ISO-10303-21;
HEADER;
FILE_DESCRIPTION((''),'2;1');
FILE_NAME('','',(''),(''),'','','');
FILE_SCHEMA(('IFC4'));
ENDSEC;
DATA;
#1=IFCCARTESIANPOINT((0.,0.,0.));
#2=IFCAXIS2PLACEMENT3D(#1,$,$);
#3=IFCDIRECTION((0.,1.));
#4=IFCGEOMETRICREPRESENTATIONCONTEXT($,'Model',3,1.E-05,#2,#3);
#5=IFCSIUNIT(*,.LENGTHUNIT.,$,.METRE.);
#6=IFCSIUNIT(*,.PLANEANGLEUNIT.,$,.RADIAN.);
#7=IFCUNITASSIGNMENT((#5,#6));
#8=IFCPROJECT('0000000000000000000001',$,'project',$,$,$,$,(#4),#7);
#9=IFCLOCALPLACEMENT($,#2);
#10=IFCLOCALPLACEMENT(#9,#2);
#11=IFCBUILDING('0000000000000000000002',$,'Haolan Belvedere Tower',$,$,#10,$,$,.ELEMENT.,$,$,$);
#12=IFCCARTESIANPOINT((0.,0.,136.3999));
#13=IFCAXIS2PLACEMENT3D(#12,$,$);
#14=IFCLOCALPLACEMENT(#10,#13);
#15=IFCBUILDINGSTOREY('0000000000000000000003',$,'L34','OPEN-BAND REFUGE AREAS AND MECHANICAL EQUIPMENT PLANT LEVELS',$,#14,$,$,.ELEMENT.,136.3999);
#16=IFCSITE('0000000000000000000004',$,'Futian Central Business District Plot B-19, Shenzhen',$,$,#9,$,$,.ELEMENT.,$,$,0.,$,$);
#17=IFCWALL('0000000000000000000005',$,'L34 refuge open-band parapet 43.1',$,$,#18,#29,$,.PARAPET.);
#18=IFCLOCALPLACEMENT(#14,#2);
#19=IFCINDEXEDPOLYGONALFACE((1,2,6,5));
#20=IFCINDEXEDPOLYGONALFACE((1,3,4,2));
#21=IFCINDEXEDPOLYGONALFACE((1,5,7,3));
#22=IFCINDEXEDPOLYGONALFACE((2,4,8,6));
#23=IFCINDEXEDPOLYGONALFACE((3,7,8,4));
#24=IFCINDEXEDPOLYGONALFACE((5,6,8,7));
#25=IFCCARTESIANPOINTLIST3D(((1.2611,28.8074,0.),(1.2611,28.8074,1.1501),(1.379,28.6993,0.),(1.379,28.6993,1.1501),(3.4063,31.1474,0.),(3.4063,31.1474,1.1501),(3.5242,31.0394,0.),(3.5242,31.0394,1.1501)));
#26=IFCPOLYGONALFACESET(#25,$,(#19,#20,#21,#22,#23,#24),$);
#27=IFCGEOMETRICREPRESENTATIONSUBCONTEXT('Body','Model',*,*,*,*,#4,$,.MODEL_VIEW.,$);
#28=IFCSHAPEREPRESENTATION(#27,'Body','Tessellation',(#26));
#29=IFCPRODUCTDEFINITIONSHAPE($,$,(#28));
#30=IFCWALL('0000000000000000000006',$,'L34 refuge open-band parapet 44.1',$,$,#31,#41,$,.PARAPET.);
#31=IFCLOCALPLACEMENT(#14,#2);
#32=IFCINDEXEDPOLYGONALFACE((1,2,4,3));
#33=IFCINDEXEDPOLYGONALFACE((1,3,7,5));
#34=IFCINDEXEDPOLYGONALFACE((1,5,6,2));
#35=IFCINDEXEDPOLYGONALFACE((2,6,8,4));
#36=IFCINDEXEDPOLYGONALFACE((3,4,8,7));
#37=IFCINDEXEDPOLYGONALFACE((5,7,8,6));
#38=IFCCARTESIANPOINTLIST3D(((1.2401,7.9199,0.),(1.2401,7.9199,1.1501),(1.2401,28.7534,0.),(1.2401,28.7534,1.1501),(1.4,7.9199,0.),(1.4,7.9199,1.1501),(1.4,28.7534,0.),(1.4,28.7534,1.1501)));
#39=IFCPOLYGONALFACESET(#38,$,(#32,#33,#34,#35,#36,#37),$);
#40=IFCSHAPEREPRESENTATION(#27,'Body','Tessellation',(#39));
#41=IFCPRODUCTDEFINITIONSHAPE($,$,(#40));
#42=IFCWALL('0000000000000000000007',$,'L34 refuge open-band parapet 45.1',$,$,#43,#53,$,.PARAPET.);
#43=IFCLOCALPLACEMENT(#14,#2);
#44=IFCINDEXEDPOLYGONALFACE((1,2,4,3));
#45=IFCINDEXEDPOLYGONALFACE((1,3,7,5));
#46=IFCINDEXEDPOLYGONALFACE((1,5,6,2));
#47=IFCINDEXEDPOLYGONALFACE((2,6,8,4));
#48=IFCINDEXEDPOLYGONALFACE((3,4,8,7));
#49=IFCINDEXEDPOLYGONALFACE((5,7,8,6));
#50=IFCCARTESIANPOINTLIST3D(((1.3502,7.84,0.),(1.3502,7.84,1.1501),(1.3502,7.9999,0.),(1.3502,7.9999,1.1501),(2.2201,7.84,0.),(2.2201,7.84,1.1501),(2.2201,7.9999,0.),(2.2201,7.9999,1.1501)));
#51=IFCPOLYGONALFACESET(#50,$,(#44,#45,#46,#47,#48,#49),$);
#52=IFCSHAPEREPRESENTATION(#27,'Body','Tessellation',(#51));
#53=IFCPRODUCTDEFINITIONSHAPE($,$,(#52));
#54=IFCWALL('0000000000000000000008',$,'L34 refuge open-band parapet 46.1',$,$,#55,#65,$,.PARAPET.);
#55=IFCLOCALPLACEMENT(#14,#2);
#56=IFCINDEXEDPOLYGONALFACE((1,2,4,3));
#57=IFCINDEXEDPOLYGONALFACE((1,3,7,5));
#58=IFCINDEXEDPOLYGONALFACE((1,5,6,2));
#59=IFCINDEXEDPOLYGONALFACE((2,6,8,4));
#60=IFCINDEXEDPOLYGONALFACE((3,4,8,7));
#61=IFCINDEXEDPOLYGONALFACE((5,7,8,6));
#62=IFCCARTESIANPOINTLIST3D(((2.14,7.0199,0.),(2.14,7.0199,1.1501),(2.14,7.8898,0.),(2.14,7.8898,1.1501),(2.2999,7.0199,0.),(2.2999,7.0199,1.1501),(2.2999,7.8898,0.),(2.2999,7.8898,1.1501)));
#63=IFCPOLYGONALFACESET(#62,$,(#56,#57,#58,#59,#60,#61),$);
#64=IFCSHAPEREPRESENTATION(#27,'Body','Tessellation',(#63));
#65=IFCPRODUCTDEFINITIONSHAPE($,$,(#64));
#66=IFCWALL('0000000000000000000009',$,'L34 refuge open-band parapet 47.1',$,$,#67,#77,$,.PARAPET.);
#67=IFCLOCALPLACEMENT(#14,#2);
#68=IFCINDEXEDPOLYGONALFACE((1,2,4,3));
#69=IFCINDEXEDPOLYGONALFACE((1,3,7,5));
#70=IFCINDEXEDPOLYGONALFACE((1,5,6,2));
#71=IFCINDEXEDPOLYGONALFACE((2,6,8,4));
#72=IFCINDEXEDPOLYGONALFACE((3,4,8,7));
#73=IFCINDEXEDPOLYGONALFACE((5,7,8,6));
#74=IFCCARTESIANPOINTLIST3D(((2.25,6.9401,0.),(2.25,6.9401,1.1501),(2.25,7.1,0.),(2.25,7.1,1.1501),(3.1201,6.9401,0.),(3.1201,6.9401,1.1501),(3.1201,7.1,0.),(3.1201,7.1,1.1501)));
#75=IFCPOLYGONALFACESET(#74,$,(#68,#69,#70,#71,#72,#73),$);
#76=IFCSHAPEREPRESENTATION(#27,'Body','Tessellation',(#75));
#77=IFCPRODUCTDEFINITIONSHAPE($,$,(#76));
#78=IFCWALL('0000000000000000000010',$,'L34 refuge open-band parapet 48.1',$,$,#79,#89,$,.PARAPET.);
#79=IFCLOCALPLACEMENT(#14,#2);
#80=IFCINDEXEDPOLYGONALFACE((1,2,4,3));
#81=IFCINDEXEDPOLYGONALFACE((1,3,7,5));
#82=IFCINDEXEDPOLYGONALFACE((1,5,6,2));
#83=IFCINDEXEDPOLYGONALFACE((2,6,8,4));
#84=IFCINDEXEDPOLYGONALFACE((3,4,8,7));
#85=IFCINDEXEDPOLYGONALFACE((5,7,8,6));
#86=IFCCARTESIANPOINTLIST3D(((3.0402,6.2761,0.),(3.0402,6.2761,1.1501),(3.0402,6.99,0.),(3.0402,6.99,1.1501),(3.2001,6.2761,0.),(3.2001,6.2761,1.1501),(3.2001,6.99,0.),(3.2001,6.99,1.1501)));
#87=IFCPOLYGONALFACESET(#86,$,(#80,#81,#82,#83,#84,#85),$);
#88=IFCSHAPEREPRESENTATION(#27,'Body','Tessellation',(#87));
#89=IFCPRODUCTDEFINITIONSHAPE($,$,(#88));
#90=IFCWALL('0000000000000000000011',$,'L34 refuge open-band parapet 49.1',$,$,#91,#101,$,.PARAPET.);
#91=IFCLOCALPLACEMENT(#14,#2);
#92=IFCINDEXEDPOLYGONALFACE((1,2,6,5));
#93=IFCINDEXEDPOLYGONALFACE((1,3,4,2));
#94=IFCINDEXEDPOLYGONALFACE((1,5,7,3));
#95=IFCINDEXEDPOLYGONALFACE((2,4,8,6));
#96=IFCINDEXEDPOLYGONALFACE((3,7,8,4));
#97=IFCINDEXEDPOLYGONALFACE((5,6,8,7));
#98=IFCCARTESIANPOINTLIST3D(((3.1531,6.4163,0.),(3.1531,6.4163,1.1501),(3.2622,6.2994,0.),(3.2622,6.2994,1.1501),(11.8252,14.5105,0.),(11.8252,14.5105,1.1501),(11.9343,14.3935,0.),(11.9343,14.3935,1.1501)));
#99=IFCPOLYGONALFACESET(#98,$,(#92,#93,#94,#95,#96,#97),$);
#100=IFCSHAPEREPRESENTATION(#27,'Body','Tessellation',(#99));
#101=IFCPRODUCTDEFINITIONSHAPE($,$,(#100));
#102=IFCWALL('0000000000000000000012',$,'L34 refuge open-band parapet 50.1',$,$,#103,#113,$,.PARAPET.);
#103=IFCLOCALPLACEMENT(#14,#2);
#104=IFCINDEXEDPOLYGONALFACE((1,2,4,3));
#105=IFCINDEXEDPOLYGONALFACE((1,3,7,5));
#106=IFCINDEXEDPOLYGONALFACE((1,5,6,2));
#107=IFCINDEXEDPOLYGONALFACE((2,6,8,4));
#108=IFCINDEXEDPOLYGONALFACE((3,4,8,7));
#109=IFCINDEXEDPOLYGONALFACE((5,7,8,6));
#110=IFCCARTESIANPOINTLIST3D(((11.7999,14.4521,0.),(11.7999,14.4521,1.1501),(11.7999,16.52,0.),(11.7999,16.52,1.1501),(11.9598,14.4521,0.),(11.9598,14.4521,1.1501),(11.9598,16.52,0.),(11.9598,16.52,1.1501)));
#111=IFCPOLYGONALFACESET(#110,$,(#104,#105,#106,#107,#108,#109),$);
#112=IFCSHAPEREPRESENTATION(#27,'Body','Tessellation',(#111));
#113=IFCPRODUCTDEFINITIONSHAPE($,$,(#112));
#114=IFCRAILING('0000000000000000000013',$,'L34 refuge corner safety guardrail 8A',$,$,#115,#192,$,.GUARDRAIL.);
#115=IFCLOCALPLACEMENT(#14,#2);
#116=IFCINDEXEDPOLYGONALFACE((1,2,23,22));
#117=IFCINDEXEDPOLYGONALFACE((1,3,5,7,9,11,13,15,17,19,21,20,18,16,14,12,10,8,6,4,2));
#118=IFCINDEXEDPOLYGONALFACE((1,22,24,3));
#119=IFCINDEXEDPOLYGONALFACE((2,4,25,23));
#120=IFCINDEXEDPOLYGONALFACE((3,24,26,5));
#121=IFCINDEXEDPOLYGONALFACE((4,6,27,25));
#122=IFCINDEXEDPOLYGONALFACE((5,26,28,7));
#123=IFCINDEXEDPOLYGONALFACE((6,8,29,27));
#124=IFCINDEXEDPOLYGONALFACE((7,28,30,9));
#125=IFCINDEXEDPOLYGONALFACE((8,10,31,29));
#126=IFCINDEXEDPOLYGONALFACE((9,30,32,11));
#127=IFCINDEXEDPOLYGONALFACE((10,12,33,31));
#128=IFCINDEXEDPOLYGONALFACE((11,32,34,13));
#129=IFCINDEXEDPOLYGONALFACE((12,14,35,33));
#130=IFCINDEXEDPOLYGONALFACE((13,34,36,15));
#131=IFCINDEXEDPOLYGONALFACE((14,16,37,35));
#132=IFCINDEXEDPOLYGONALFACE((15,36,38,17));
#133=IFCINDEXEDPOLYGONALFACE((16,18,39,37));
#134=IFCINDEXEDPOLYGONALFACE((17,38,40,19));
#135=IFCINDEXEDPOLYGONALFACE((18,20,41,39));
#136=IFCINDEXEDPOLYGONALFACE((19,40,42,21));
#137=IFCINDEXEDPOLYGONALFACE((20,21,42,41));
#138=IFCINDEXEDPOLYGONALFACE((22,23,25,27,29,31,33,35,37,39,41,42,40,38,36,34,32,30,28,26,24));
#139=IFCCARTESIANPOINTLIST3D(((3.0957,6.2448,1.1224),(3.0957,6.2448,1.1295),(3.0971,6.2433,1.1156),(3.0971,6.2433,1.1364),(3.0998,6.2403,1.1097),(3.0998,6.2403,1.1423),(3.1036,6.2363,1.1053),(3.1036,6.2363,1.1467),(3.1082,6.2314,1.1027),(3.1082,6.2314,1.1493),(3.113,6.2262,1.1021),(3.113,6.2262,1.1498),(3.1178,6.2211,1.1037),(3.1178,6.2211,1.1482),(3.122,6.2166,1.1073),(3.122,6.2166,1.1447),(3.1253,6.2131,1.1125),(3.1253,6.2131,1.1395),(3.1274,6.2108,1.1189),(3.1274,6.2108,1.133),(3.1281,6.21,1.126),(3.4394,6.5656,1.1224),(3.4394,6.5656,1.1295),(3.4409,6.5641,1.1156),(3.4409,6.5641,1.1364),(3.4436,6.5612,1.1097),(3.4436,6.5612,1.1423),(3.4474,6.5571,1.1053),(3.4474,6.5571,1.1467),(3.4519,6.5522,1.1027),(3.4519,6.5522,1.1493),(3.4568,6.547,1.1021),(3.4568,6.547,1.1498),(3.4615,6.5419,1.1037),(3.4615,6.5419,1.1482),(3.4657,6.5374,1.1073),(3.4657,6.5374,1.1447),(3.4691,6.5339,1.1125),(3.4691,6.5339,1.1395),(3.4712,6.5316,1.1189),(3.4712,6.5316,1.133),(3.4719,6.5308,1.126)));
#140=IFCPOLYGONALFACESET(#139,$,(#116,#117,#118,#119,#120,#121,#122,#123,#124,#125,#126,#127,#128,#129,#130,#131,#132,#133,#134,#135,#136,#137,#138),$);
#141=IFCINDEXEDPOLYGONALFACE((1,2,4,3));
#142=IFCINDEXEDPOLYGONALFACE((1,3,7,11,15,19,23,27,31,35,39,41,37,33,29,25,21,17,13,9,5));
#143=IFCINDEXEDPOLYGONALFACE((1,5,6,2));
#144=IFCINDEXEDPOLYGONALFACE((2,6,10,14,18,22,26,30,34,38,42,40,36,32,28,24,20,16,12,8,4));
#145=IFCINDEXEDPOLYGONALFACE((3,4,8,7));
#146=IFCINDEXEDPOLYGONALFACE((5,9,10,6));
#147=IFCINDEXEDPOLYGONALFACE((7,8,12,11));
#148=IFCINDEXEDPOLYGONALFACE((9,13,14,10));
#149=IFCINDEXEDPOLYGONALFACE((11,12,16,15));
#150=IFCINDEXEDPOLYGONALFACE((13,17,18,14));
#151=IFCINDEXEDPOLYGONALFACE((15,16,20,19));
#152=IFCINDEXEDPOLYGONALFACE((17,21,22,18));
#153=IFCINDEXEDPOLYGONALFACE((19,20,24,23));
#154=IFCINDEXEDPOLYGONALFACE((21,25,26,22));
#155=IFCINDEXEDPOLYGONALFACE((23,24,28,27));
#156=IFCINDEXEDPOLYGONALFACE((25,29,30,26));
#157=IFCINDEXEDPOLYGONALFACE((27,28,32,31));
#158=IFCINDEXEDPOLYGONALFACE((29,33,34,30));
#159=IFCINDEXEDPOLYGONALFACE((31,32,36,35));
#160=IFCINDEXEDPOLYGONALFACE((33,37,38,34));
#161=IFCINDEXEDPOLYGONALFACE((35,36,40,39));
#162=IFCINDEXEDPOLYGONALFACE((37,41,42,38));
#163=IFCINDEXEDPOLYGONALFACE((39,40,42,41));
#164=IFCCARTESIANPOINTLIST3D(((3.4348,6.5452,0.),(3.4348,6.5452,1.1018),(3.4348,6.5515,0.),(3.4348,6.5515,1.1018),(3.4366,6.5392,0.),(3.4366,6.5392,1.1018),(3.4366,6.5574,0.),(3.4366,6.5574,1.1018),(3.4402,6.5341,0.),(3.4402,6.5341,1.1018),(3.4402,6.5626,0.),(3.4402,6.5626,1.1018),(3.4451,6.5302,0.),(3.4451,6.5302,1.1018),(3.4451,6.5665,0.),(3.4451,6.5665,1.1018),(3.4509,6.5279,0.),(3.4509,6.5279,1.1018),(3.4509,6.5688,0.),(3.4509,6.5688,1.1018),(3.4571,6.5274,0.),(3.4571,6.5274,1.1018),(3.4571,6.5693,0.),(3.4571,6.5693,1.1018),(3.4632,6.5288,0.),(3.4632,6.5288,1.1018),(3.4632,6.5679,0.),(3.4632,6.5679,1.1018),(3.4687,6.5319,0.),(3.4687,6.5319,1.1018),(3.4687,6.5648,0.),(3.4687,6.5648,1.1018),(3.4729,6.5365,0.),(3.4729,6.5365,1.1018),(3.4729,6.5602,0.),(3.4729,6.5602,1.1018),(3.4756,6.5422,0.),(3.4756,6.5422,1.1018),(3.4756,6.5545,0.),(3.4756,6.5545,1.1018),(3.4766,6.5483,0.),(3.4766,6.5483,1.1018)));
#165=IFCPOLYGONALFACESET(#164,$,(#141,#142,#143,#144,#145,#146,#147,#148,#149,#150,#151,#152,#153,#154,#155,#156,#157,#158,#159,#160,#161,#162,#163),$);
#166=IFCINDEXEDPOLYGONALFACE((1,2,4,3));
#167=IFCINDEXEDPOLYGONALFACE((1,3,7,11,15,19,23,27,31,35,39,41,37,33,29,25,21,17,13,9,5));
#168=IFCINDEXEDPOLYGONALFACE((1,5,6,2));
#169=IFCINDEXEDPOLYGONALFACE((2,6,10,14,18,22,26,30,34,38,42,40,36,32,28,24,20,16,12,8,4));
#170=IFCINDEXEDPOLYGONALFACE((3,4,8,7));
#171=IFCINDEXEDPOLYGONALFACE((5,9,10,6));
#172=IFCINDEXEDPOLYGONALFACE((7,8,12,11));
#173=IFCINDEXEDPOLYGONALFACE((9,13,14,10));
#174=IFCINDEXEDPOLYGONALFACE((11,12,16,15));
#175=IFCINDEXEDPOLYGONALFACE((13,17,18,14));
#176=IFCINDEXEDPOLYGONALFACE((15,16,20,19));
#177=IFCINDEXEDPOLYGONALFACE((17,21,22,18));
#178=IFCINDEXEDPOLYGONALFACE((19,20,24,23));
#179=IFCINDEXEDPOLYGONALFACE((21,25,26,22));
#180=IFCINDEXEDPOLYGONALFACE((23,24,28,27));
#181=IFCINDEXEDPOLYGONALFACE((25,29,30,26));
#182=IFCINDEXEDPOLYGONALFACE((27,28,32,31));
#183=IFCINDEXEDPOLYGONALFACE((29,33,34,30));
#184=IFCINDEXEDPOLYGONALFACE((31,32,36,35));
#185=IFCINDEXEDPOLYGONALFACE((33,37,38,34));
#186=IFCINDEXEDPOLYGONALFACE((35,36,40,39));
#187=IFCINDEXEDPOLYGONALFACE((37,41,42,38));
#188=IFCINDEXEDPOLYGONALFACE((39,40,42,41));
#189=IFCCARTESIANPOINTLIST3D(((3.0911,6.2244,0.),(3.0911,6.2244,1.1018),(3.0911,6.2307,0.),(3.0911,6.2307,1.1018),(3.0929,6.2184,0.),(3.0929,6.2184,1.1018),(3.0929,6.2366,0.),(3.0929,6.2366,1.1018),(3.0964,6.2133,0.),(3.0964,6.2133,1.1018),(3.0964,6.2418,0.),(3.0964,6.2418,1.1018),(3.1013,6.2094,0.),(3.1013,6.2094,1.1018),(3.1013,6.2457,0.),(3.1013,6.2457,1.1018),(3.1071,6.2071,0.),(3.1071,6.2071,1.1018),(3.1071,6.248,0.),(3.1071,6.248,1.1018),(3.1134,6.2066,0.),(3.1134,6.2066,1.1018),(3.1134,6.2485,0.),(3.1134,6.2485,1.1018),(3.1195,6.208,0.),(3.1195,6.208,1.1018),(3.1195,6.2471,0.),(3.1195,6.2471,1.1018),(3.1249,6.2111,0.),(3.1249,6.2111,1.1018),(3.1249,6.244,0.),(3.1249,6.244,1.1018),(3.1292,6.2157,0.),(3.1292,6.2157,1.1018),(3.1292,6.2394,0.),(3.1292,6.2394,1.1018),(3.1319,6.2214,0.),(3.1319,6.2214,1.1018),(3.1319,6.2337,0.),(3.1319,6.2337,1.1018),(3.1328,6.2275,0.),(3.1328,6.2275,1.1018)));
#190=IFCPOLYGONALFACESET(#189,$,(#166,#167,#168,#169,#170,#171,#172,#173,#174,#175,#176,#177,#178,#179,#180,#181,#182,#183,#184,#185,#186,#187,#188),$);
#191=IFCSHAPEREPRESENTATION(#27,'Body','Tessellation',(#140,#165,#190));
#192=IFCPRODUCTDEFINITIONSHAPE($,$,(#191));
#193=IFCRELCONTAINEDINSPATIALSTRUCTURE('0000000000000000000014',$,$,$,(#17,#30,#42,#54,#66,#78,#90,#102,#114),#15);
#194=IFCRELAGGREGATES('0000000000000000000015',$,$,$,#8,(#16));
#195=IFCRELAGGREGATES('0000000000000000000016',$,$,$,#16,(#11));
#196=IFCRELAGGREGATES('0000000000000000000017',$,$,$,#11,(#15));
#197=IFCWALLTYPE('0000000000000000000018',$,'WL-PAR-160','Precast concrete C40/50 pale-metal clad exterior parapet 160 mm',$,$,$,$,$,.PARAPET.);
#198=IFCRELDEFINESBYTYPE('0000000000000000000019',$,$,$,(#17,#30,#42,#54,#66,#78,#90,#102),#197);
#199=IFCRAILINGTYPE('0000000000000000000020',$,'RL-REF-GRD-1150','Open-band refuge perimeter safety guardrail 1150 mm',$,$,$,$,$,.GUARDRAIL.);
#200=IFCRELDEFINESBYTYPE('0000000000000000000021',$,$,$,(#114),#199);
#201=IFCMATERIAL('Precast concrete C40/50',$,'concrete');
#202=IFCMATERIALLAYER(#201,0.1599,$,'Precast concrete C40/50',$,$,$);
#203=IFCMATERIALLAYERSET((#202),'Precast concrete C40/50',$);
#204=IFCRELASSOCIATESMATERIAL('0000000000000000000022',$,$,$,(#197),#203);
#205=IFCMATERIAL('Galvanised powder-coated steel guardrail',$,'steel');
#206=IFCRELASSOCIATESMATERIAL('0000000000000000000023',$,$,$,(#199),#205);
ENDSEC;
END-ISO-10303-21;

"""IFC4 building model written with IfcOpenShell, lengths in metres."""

from ifc_helpers import new_model, si_unit, direction, frame, frame_2d, origin, origin_2d, place, context, subcontext, project, spatial, rectangle, circle, extrude, material, layer, layer_set, type_object, element, save


model = new_model("IFC4")

# Units and contexts
model_context = context("Model", 3, precision=1e-05, world=origin(), true_north=direction((0.0, 1.0)))
body_context = subcontext(model_context, "Body", "Model", "MODEL_VIEW")
ifc_project = project(units=[si_unit("LENGTHUNIT", "METRE"), si_unit("PLANEANGLEUNIT", "RADIAN")], contexts=[model_context])

# Site, building, storey
site_placement = place(None, origin())
site = spatial("IfcSite", under=ifc_project, at=site_placement, Name="Futian Central Business District Plot B-19, Shenzhen", CompositionType="ELEMENT", RefElevation=0.0)
building_placement = place(site_placement, origin())
building = spatial("IfcBuilding", under=site, at=building_placement, Name="Haolan Belvedere Tower", CompositionType="ELEMENT")
storey_placement = place(building_placement, frame((0.0, 0.0, 136.3999)))
storey = spatial("IfcBuildingStorey", under=building, at=storey_placement, Name="L34", Description="OPEN-BAND REFUGE AREAS AND MECHANICAL EQUIPMENT PLANT LEVELS", CompositionType="ELEMENT", Elevation=136.3999)

# Walls
ifc_material_1 = material(Name="Precast concrete C40/50", Category="concrete")
ifc_layer_1 = layer(ifc_material_1, 0.1599, Name="Precast concrete C40/50")
ifc_layer_set_1 = layer_set([ifc_layer_1], Name="Precast concrete C40/50")
wall_type = type_object("IfcWallType", Name="WL-PAR-160", Description="Precast concrete C40/50 pale-metal clad exterior parapet 160 mm", PredefinedType="PARAPET", material=ifc_layer_set_1)
wall_1_placement = place(storey_placement, frame((3.4653, 31.0935, 0.0), z_axis=(0.0, 0.0, 1.0), x_axis=(-0.675756, -0.737125, 0.0)))
element("IfcWall", 1, at=wall_1_placement, inside=storey, type_object=wall_type, Name="L34 refuge open-band parapet 43.1", PredefinedType="PARAPET", context=body_context, shape_type="SweptSolid", body=[
    extrude(rectangle(XDim=3.1746, YDim=0.1599, at=frame_2d((1.5874, 0.0))), origin(), (0.0, 0.0, 1.0), 1.1501),
])
wall_2_placement = place(storey_placement, frame((1.3201, 28.7534, 0.0), z_axis=(0.0, 0.0, 1.0), x_axis=(0.0, -1.0, 0.0)))
element("IfcWall", 2, at=wall_2_placement, inside=storey, type_object=wall_type, Name="L34 refuge open-band parapet 44.1", PredefinedType="PARAPET", context=body_context, shape_type="SweptSolid", body=[
    extrude(rectangle(XDim=20.8335, YDim=0.1599, at=frame_2d((10.4167, 0.0))), origin(), (0.0, 0.0, 1.0), 1.1501),
])
for number, where, z_axis, x_axis, name in (
    (3, (1.3501, 7.9199, 0.0), (0.0, 0.0, 1.0), (1.0, 0.0, 0.0), "L34 refuge open-band parapet 45.1"),
    (4, (2.22, 7.8899, 0.0), (0.0, 0.0, 1.0), (0.0, -1.0, 0.0), "L34 refuge open-band parapet 46.1"),
):
    element("IfcWall", number, at=place(storey_placement, frame(where, z_axis=z_axis, x_axis=x_axis)), inside=storey, type_object=wall_type, Name=name, PredefinedType="PARAPET", context=body_context, shape_type="SweptSolid", body=[
        extrude(rectangle(XDim=0.8699, YDim=0.1599, at=frame_2d((0.4351, 0.0))), origin(), (0.0, 0.0, 1.0), 1.1501),
    ])
wall_3_placement = place(storey_placement, frame((2.25, 7.02, 0.0), z_axis=(0.0, 0.0, 1.0), x_axis=(1.0, 0.0, 0.0)))
element("IfcWall", 5, at=wall_3_placement, inside=storey, type_object=wall_type, Name="L34 refuge open-band parapet 47.1", PredefinedType="PARAPET", context=body_context, shape_type="SweptSolid", body=[
    extrude(rectangle(XDim=0.8701, YDim=0.1599, at=frame_2d((0.4351, 0.0))), origin(), (0.0, 0.0, 1.0), 1.1501),
])
wall_4_placement = place(storey_placement, frame((3.1201, 6.99, 0.0), z_axis=(0.0, 0.0, 1.0), x_axis=(0.0, -1.0, 0.0)))
element("IfcWall", 6, at=wall_4_placement, inside=storey, type_object=wall_type, Name="L34 refuge open-band parapet 48.1", PredefinedType="PARAPET", context=body_context, shape_type="SweptSolid", body=[
    extrude(rectangle(XDim=0.7139, YDim=0.1599, at=frame_2d((0.3569, 0.0))), origin(), (0.0, 0.0, 1.0), 1.1501),
])
wall_5_placement = place(storey_placement, frame((3.2078, 6.3579, 0.0), z_axis=(0.0, 0.0, 1.0), x_axis=(0.731044, 0.68233, 0.0)))
element("IfcWall", 7, at=wall_5_placement, inside=storey, type_object=wall_type, Name="L34 refuge open-band parapet 49.1", PredefinedType="PARAPET", context=body_context, shape_type="SweptSolid", body=[
    extrude(rectangle(XDim=11.8625, YDim=0.1599, at=frame_2d((5.9312, 0.0))), origin(), (0.0, 0.0, 1.0), 1.1501),
])
wall_6_placement = place(storey_placement, frame((11.8799, 14.4521, 0.0), z_axis=(0.0, 0.0, 1.0), x_axis=(0.0, 1.0, 0.0)))
element("IfcWall", 8, at=wall_6_placement, inside=storey, type_object=wall_type, Name="L34 refuge open-band parapet 50.1", PredefinedType="PARAPET", context=body_context, shape_type="SweptSolid", body=[
    extrude(rectangle(XDim=2.0679, YDim=0.1599, at=frame_2d((1.0339, 0.0))), origin(), (0.0, 0.0, 1.0), 1.1501),
])

# Railing
ifc_material_2 = material(Name="Galvanised powder-coated steel guardrail", Category="steel")
railing_type = type_object("IfcRailingType", Name="RL-REF-GRD-1150", Description="Open-band refuge perimeter safety guardrail 1150 mm", PredefinedType="GUARDRAIL", material=ifc_material_2)
railing_1_placement = place(storey_placement, frame((3.4556, 6.5483, 0.0)))
element("IfcRailing", 9, at=railing_1_placement, inside=storey, type_object=railing_type, Name="L34 refuge corner safety guardrail 8A", PredefinedType="GUARDRAIL", context=body_context, shape_type="SweptSolid", body=[
    extrude(circle(Radius=0.0239, at=origin_2d()), frame((0.0, 0.0, 1.126), z_axis=(-0.73109, -0.682281, 0.0), x_axis=(0.682281, -0.73109, 0.0)), (0.0, 0.0, 1.0), 0.4702),
    extrude(circle(Radius=0.021, at=origin_2d()), origin(), (0.0, 0.0, 1.0), 1.1018),
    extrude(circle(Radius=0.021, at=origin_2d()), frame((-0.3438, -0.3208, 0.0)), (0.0, 0.0, 1.0), 1.1018),
])

save(model, "model.ifc")
